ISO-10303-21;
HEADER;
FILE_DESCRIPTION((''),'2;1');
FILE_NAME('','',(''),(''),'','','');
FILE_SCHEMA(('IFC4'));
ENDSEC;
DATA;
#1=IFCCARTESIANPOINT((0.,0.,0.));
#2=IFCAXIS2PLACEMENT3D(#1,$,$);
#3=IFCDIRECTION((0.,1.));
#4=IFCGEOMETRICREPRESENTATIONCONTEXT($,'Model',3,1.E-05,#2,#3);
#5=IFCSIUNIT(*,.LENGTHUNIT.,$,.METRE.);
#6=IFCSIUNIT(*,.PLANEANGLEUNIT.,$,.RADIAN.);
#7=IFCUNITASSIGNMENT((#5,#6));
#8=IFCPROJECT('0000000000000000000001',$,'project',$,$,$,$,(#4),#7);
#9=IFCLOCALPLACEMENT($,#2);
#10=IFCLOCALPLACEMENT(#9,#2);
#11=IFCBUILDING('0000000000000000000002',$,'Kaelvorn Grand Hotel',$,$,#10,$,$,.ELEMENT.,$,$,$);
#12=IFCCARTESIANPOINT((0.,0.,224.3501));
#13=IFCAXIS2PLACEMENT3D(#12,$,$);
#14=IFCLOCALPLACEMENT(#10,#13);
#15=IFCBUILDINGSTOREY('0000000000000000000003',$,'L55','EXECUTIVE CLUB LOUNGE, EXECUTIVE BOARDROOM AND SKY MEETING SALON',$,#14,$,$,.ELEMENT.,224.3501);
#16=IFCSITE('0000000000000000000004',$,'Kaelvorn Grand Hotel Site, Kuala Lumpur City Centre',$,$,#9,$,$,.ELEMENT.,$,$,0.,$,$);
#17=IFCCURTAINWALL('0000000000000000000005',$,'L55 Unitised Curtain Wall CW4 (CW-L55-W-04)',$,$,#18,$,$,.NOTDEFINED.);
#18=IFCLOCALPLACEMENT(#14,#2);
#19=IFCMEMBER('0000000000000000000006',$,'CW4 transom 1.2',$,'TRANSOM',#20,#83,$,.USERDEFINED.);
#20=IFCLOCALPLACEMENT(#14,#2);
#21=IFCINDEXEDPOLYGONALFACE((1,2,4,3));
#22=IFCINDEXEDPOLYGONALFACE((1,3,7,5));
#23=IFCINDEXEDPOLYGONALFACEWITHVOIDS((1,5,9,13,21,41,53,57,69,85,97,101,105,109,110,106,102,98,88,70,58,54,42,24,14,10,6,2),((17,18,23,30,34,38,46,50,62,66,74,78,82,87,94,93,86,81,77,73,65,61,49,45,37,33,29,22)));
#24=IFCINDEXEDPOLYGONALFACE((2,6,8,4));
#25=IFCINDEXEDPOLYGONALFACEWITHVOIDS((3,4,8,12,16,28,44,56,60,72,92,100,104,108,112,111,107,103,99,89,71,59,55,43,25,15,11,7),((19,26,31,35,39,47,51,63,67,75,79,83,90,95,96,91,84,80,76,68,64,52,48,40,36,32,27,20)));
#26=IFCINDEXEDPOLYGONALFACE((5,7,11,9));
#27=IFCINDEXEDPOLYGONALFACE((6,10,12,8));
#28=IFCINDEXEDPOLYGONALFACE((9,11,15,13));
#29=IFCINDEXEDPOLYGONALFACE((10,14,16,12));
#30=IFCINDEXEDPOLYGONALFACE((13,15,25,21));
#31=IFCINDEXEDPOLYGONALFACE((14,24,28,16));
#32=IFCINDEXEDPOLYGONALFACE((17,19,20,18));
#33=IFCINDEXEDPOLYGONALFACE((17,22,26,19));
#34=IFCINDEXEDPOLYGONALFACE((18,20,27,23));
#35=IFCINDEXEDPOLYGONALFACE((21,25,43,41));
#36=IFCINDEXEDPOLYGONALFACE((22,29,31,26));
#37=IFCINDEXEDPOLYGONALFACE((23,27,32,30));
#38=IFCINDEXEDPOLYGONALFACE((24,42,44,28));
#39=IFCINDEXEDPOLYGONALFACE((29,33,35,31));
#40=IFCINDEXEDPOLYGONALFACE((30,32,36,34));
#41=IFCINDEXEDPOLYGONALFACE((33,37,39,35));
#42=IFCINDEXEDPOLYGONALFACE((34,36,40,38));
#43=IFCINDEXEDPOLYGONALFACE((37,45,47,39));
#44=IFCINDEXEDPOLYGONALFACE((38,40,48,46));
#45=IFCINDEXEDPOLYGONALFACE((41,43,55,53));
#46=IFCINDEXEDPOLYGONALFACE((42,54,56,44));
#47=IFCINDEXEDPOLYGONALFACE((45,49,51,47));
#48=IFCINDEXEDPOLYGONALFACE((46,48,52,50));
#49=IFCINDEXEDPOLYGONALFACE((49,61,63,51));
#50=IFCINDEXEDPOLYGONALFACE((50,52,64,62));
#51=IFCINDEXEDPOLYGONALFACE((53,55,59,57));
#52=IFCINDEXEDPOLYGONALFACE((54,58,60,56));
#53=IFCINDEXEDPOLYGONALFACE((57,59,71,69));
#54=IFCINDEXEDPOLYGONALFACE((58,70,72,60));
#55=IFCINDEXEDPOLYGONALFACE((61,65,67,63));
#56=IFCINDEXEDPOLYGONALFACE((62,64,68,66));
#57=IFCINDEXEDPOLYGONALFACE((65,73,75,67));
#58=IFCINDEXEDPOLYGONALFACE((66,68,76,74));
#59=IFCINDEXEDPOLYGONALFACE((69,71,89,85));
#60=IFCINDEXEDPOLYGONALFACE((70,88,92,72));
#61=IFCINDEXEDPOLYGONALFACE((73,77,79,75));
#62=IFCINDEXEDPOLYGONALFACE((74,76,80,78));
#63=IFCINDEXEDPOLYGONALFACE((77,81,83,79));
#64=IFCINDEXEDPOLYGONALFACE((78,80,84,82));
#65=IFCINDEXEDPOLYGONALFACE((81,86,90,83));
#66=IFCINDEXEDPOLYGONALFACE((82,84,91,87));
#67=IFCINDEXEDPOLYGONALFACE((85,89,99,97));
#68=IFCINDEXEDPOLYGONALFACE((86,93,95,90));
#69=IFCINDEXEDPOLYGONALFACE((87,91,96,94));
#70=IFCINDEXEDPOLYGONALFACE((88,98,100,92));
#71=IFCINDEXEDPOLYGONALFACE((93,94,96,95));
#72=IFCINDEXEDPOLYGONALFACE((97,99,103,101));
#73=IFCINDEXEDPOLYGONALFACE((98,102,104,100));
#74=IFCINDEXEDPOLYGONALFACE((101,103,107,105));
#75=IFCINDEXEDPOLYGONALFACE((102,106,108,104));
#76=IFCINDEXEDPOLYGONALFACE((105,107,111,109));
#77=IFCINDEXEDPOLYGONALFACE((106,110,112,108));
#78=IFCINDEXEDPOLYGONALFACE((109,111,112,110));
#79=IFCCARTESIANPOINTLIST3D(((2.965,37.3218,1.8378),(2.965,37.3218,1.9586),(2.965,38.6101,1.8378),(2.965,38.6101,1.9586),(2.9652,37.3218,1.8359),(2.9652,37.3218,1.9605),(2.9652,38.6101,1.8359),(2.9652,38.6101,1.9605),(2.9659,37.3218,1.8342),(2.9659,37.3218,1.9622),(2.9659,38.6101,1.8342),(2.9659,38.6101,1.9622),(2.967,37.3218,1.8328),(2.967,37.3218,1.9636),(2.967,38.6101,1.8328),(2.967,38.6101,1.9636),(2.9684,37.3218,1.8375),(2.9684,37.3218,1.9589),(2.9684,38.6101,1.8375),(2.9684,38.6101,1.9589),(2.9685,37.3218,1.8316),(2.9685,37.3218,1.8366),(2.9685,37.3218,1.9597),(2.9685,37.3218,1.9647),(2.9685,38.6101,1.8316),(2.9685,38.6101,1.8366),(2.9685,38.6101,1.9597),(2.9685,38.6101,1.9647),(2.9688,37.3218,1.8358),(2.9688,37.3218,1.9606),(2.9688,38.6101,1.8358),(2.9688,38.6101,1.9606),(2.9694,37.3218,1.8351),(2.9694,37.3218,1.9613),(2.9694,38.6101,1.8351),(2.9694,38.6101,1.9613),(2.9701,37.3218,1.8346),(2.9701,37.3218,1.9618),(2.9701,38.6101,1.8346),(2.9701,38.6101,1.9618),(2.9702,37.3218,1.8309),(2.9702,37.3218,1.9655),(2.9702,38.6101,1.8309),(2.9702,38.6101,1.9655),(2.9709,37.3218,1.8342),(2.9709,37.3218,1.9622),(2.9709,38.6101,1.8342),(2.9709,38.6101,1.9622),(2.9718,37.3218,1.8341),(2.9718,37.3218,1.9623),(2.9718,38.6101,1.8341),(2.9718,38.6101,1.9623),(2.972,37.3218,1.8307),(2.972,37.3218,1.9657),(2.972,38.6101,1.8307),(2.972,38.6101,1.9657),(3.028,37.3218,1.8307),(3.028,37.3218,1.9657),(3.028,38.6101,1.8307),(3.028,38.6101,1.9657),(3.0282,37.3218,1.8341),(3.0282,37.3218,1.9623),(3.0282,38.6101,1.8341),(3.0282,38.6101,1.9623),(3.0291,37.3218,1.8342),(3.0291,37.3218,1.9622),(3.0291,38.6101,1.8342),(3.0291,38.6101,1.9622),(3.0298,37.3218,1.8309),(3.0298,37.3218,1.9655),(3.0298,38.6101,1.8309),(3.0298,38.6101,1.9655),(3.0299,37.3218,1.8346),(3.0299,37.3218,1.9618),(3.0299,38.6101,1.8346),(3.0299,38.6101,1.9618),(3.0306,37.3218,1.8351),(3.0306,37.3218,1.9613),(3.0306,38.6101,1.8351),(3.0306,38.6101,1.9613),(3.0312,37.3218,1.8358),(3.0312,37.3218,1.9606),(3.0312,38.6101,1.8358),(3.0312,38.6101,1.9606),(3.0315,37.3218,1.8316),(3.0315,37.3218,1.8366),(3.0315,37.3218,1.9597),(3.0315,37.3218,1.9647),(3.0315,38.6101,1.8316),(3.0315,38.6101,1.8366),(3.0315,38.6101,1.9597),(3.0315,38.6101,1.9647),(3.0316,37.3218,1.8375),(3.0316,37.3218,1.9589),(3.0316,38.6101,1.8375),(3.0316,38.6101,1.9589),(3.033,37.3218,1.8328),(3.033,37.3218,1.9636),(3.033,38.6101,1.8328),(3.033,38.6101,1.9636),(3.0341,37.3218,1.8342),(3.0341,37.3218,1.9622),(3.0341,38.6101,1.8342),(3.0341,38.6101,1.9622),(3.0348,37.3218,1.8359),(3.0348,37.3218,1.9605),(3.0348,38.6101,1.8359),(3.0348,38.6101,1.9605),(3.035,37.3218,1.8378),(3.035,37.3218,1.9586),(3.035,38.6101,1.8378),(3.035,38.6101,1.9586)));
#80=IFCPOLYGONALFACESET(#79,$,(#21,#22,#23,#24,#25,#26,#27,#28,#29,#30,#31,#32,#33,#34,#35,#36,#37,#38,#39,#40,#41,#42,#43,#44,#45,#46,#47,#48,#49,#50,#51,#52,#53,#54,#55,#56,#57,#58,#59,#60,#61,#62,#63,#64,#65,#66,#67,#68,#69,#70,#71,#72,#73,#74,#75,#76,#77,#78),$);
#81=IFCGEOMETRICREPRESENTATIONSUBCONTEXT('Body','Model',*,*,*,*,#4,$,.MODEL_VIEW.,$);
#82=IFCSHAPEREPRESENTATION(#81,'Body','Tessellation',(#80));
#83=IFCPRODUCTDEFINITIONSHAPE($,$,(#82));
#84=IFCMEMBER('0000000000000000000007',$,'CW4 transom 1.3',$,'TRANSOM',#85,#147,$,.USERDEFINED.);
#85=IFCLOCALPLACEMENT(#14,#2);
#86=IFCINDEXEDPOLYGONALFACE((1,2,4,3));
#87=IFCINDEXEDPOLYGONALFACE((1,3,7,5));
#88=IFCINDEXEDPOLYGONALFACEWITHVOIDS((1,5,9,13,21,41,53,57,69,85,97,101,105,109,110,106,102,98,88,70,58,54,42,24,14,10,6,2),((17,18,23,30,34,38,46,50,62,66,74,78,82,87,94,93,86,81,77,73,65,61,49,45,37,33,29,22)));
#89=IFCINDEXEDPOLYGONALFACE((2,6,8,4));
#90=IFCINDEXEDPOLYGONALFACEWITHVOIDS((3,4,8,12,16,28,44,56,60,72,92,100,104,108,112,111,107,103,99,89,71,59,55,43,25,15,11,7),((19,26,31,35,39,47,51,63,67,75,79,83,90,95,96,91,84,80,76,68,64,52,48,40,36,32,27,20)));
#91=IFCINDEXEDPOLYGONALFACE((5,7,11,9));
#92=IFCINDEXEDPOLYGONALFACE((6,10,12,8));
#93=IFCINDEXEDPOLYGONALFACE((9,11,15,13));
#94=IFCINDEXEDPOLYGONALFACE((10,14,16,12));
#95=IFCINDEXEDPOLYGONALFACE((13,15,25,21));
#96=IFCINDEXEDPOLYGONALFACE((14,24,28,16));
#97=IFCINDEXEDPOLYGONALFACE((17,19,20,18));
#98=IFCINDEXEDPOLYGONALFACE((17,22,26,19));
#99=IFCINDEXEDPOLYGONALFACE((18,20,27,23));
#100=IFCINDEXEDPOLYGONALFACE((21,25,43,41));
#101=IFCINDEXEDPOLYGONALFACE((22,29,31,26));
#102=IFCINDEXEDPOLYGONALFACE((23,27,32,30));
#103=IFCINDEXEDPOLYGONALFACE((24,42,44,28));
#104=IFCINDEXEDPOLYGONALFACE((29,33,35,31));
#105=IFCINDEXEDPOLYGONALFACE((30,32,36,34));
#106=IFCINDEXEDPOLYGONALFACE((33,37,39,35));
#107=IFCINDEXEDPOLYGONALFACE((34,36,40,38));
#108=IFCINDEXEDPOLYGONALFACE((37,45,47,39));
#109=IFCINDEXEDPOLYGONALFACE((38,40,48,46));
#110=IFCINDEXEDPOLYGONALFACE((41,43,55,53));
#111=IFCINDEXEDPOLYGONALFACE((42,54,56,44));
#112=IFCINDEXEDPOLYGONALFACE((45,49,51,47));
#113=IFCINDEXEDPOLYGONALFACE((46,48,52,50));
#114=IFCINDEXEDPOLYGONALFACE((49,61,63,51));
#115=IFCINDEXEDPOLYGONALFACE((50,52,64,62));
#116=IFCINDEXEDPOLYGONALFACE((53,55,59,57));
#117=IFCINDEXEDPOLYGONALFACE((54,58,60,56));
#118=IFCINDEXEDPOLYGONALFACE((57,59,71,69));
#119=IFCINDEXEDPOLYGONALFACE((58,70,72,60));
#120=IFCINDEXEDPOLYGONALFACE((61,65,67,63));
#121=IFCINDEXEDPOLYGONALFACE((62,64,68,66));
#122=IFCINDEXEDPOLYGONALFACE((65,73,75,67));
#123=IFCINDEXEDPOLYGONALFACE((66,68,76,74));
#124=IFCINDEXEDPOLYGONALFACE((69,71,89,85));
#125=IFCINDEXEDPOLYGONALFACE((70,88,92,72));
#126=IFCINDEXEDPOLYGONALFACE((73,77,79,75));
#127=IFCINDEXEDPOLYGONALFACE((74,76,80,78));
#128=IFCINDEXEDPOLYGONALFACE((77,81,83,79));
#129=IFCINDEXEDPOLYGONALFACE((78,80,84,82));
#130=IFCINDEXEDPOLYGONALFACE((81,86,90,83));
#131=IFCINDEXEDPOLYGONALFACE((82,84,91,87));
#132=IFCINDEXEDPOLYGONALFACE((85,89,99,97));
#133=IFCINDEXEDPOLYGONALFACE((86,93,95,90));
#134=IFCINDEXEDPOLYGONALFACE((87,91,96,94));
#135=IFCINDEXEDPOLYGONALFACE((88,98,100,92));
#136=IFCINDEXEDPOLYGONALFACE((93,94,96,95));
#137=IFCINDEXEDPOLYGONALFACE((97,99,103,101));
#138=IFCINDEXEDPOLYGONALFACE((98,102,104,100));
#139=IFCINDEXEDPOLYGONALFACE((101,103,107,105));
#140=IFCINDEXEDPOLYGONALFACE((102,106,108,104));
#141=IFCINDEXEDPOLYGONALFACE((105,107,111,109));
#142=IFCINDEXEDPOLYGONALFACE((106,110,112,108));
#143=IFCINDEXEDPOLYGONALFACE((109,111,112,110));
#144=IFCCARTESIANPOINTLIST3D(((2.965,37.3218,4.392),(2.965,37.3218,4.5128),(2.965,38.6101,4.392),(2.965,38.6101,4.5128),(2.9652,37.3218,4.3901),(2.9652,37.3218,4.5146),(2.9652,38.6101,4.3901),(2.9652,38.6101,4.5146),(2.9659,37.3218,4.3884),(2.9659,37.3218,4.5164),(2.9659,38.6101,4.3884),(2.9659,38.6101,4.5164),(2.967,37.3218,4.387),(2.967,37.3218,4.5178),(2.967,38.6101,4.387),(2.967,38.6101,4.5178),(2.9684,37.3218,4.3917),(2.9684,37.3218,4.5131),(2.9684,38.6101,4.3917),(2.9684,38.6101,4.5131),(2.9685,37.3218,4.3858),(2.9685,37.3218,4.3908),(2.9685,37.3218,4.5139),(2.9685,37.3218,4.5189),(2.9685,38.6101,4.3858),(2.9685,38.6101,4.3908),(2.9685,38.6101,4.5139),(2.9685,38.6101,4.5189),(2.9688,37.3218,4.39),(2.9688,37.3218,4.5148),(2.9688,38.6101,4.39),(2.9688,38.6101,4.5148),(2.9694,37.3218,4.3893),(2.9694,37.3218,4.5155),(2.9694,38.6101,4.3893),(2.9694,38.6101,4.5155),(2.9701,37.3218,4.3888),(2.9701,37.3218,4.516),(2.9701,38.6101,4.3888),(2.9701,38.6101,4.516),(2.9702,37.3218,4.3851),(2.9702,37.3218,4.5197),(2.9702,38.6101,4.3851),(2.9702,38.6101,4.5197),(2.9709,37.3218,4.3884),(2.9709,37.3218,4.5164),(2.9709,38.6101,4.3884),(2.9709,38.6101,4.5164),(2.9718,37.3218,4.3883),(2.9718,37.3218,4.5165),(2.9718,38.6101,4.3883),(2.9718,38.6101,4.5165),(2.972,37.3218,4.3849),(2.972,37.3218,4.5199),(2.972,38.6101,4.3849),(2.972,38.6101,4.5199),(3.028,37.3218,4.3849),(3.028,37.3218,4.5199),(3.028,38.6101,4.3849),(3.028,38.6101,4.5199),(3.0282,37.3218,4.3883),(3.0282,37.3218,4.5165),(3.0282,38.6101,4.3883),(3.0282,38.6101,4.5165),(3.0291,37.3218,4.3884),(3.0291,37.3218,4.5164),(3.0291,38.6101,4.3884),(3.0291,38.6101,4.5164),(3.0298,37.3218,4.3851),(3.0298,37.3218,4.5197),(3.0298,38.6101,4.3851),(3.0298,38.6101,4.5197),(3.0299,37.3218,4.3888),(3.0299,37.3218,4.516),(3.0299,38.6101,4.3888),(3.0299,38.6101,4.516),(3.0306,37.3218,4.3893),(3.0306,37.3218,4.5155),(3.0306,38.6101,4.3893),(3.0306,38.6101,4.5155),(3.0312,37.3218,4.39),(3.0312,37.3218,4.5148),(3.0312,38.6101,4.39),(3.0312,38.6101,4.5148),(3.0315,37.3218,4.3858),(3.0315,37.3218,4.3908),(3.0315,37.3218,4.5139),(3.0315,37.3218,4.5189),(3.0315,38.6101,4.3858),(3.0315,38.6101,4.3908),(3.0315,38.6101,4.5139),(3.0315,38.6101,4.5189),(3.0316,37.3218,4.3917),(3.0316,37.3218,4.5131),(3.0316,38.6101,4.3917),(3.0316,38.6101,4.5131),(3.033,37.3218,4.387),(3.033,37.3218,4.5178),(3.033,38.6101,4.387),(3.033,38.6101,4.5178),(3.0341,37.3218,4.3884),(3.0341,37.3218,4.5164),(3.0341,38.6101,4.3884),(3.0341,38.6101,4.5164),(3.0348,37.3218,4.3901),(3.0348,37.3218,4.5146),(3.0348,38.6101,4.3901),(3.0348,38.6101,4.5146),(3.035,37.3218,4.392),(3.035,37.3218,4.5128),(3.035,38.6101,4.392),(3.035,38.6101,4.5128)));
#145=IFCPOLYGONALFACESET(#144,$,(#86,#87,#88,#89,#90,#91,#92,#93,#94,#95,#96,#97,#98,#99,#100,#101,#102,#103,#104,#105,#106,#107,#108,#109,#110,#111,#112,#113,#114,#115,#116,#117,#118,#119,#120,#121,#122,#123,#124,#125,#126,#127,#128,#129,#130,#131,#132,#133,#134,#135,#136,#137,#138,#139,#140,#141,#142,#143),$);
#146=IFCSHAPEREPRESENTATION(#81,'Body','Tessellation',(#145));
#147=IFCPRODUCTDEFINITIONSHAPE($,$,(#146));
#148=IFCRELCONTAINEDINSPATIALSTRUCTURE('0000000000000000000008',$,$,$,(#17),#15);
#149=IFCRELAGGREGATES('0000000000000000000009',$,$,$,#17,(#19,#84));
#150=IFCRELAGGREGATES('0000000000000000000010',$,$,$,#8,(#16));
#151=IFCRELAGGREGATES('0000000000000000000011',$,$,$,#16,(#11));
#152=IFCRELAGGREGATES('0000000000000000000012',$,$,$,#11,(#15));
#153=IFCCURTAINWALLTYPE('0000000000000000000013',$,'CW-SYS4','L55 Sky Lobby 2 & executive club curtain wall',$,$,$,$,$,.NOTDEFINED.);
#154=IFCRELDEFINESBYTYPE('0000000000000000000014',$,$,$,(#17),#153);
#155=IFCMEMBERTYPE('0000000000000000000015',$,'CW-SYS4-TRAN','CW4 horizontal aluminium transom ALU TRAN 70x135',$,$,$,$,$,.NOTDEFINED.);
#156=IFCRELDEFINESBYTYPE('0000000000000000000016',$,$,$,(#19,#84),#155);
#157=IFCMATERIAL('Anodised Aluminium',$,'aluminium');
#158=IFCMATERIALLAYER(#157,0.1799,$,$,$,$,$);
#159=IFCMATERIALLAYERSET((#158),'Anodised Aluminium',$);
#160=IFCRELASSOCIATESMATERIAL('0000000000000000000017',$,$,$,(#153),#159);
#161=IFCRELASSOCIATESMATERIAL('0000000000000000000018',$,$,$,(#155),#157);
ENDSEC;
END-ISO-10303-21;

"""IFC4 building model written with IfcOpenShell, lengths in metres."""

from ifc_helpers import new_model, si_unit, direction, frame, origin, origin_2d, place, context, subcontext, project, spatial, hollow_rectangle, extrude, material, layer, layer_set, material_profile, profile_set, type_object, element, aggregate, save


model = new_model("IFC4")

# Units and contexts
model_context = context("Model", 3, precision=1e-05, world=origin(), true_north=direction((0.0, 1.0)))
body_context = subcontext(model_context, "Body", "Model", "MODEL_VIEW")
ifc_project = project(units=[si_unit("LENGTHUNIT", "METRE"), si_unit("PLANEANGLEUNIT", "RADIAN")], contexts=[model_context])

# Site, building, storey
site_placement = place(None, origin())
site = spatial("IfcSite", under=ifc_project, at=site_placement, Name="Kaelvorn Grand Hotel Site, Kuala Lumpur City Centre", CompositionType="ELEMENT", RefElevation=0.0)
building_placement = place(site_placement, origin())
building = spatial("IfcBuilding", under=site, at=building_placement, Name="Kaelvorn Grand Hotel", CompositionType="ELEMENT")
storey_placement = place(building_placement, frame((0.0, 0.0, 224.3501)))
storey = spatial("IfcBuildingStorey", under=building, at=storey_placement, Name="L55", Description="EXECUTIVE CLUB LOUNGE, EXECUTIVE BOARDROOM AND SKY MEETING SALON", CompositionType="ELEMENT", Elevation=224.3501)

# Curtain wall
ifc_material_1 = material(Name="Anodised Aluminium", Category="aluminium")
ifc_layer_1 = layer(ifc_material_1, 0.1799)
ifc_layer_set_1 = layer_set([ifc_layer_1], Name="Anodised Aluminium")
curtain_wall_type = type_object("IfcCurtainWallType", Name="CW-SYS4", Description="L55 Sky Lobby 2 & executive club curtain wall", PredefinedType="NOTDEFINED", material=ifc_layer_set_1)
curtain_wall_1_placement = place(storey_placement, origin())
curtain_wall_1 = element("IfcCurtainWall", 1, at=curtain_wall_1_placement, inside=storey, type_object=curtain_wall_type, Name="L55 Unitised Curtain Wall CW4 (CW-L55-W-04)", PredefinedType="NOTDEFINED")

# Members
ifc_material_profile_1 = material_profile(ifc_material_1, hollow_rectangle(XDim=0.0701, YDim=0.135, WallThickness=0.0034, InnerFilletRadius=0.0034, OuterFilletRadius=0.0071, at=origin_2d()), Name="ALU TRAN 70x135")
ifc_profile_set_1 = profile_set([ifc_material_profile_1], Name="Anodised Aluminium")
member_type_1 = type_object("IfcMemberType", Name="CW-SYS4-TRAN", Description="CW4 horizontal aluminium transom ALU TRAN 70x135", PredefinedType="NOTDEFINED", material=ifc_profile_set_1)
member_1_placement = place(storey_placement, frame((3.0, 38.6101, 1.8982), z_axis=(0.0, -1.0, 0.0), x_axis=(1.0, 0.0, 0.0)))
member_1 = element("IfcMember", 2, at=member_1_placement, type_object=member_type_1, Name="CW4 transom 1.2", ObjectType="TRANSOM", PredefinedType="USERDEFINED", context=body_context, shape_type="SweptSolid", body=[
    extrude(hollow_rectangle(XDim=0.0701, YDim=0.135, WallThickness=0.0034, InnerFilletRadius=0.0034, OuterFilletRadius=0.0071, at=origin_2d()), origin(), (0.0, 0.0, 1.0), 1.2883),
])
member_2_placement = place(storey_placement, frame((3.0, 38.6101, 4.4524), z_axis=(0.0, -1.0, 0.0), x_axis=(1.0, 0.0, 0.0)))
member_2 = element("IfcMember", 3, at=member_2_placement, type_object=member_type_1, Name="CW4 transom 1.3", ObjectType="TRANSOM", PredefinedType="USERDEFINED", context=body_context, shape_type="SweptSolid", body=[
    extrude(hollow_rectangle(XDim=0.0701, YDim=0.135, WallThickness=0.0034, InnerFilletRadius=0.0034, OuterFilletRadius=0.0071, at=origin_2d()), origin(), (0.0, 0.0, 1.0), 1.2883),
])

aggregate(curtain_wall_1, [member_1, member_2])

save(model, "model.ifc")
